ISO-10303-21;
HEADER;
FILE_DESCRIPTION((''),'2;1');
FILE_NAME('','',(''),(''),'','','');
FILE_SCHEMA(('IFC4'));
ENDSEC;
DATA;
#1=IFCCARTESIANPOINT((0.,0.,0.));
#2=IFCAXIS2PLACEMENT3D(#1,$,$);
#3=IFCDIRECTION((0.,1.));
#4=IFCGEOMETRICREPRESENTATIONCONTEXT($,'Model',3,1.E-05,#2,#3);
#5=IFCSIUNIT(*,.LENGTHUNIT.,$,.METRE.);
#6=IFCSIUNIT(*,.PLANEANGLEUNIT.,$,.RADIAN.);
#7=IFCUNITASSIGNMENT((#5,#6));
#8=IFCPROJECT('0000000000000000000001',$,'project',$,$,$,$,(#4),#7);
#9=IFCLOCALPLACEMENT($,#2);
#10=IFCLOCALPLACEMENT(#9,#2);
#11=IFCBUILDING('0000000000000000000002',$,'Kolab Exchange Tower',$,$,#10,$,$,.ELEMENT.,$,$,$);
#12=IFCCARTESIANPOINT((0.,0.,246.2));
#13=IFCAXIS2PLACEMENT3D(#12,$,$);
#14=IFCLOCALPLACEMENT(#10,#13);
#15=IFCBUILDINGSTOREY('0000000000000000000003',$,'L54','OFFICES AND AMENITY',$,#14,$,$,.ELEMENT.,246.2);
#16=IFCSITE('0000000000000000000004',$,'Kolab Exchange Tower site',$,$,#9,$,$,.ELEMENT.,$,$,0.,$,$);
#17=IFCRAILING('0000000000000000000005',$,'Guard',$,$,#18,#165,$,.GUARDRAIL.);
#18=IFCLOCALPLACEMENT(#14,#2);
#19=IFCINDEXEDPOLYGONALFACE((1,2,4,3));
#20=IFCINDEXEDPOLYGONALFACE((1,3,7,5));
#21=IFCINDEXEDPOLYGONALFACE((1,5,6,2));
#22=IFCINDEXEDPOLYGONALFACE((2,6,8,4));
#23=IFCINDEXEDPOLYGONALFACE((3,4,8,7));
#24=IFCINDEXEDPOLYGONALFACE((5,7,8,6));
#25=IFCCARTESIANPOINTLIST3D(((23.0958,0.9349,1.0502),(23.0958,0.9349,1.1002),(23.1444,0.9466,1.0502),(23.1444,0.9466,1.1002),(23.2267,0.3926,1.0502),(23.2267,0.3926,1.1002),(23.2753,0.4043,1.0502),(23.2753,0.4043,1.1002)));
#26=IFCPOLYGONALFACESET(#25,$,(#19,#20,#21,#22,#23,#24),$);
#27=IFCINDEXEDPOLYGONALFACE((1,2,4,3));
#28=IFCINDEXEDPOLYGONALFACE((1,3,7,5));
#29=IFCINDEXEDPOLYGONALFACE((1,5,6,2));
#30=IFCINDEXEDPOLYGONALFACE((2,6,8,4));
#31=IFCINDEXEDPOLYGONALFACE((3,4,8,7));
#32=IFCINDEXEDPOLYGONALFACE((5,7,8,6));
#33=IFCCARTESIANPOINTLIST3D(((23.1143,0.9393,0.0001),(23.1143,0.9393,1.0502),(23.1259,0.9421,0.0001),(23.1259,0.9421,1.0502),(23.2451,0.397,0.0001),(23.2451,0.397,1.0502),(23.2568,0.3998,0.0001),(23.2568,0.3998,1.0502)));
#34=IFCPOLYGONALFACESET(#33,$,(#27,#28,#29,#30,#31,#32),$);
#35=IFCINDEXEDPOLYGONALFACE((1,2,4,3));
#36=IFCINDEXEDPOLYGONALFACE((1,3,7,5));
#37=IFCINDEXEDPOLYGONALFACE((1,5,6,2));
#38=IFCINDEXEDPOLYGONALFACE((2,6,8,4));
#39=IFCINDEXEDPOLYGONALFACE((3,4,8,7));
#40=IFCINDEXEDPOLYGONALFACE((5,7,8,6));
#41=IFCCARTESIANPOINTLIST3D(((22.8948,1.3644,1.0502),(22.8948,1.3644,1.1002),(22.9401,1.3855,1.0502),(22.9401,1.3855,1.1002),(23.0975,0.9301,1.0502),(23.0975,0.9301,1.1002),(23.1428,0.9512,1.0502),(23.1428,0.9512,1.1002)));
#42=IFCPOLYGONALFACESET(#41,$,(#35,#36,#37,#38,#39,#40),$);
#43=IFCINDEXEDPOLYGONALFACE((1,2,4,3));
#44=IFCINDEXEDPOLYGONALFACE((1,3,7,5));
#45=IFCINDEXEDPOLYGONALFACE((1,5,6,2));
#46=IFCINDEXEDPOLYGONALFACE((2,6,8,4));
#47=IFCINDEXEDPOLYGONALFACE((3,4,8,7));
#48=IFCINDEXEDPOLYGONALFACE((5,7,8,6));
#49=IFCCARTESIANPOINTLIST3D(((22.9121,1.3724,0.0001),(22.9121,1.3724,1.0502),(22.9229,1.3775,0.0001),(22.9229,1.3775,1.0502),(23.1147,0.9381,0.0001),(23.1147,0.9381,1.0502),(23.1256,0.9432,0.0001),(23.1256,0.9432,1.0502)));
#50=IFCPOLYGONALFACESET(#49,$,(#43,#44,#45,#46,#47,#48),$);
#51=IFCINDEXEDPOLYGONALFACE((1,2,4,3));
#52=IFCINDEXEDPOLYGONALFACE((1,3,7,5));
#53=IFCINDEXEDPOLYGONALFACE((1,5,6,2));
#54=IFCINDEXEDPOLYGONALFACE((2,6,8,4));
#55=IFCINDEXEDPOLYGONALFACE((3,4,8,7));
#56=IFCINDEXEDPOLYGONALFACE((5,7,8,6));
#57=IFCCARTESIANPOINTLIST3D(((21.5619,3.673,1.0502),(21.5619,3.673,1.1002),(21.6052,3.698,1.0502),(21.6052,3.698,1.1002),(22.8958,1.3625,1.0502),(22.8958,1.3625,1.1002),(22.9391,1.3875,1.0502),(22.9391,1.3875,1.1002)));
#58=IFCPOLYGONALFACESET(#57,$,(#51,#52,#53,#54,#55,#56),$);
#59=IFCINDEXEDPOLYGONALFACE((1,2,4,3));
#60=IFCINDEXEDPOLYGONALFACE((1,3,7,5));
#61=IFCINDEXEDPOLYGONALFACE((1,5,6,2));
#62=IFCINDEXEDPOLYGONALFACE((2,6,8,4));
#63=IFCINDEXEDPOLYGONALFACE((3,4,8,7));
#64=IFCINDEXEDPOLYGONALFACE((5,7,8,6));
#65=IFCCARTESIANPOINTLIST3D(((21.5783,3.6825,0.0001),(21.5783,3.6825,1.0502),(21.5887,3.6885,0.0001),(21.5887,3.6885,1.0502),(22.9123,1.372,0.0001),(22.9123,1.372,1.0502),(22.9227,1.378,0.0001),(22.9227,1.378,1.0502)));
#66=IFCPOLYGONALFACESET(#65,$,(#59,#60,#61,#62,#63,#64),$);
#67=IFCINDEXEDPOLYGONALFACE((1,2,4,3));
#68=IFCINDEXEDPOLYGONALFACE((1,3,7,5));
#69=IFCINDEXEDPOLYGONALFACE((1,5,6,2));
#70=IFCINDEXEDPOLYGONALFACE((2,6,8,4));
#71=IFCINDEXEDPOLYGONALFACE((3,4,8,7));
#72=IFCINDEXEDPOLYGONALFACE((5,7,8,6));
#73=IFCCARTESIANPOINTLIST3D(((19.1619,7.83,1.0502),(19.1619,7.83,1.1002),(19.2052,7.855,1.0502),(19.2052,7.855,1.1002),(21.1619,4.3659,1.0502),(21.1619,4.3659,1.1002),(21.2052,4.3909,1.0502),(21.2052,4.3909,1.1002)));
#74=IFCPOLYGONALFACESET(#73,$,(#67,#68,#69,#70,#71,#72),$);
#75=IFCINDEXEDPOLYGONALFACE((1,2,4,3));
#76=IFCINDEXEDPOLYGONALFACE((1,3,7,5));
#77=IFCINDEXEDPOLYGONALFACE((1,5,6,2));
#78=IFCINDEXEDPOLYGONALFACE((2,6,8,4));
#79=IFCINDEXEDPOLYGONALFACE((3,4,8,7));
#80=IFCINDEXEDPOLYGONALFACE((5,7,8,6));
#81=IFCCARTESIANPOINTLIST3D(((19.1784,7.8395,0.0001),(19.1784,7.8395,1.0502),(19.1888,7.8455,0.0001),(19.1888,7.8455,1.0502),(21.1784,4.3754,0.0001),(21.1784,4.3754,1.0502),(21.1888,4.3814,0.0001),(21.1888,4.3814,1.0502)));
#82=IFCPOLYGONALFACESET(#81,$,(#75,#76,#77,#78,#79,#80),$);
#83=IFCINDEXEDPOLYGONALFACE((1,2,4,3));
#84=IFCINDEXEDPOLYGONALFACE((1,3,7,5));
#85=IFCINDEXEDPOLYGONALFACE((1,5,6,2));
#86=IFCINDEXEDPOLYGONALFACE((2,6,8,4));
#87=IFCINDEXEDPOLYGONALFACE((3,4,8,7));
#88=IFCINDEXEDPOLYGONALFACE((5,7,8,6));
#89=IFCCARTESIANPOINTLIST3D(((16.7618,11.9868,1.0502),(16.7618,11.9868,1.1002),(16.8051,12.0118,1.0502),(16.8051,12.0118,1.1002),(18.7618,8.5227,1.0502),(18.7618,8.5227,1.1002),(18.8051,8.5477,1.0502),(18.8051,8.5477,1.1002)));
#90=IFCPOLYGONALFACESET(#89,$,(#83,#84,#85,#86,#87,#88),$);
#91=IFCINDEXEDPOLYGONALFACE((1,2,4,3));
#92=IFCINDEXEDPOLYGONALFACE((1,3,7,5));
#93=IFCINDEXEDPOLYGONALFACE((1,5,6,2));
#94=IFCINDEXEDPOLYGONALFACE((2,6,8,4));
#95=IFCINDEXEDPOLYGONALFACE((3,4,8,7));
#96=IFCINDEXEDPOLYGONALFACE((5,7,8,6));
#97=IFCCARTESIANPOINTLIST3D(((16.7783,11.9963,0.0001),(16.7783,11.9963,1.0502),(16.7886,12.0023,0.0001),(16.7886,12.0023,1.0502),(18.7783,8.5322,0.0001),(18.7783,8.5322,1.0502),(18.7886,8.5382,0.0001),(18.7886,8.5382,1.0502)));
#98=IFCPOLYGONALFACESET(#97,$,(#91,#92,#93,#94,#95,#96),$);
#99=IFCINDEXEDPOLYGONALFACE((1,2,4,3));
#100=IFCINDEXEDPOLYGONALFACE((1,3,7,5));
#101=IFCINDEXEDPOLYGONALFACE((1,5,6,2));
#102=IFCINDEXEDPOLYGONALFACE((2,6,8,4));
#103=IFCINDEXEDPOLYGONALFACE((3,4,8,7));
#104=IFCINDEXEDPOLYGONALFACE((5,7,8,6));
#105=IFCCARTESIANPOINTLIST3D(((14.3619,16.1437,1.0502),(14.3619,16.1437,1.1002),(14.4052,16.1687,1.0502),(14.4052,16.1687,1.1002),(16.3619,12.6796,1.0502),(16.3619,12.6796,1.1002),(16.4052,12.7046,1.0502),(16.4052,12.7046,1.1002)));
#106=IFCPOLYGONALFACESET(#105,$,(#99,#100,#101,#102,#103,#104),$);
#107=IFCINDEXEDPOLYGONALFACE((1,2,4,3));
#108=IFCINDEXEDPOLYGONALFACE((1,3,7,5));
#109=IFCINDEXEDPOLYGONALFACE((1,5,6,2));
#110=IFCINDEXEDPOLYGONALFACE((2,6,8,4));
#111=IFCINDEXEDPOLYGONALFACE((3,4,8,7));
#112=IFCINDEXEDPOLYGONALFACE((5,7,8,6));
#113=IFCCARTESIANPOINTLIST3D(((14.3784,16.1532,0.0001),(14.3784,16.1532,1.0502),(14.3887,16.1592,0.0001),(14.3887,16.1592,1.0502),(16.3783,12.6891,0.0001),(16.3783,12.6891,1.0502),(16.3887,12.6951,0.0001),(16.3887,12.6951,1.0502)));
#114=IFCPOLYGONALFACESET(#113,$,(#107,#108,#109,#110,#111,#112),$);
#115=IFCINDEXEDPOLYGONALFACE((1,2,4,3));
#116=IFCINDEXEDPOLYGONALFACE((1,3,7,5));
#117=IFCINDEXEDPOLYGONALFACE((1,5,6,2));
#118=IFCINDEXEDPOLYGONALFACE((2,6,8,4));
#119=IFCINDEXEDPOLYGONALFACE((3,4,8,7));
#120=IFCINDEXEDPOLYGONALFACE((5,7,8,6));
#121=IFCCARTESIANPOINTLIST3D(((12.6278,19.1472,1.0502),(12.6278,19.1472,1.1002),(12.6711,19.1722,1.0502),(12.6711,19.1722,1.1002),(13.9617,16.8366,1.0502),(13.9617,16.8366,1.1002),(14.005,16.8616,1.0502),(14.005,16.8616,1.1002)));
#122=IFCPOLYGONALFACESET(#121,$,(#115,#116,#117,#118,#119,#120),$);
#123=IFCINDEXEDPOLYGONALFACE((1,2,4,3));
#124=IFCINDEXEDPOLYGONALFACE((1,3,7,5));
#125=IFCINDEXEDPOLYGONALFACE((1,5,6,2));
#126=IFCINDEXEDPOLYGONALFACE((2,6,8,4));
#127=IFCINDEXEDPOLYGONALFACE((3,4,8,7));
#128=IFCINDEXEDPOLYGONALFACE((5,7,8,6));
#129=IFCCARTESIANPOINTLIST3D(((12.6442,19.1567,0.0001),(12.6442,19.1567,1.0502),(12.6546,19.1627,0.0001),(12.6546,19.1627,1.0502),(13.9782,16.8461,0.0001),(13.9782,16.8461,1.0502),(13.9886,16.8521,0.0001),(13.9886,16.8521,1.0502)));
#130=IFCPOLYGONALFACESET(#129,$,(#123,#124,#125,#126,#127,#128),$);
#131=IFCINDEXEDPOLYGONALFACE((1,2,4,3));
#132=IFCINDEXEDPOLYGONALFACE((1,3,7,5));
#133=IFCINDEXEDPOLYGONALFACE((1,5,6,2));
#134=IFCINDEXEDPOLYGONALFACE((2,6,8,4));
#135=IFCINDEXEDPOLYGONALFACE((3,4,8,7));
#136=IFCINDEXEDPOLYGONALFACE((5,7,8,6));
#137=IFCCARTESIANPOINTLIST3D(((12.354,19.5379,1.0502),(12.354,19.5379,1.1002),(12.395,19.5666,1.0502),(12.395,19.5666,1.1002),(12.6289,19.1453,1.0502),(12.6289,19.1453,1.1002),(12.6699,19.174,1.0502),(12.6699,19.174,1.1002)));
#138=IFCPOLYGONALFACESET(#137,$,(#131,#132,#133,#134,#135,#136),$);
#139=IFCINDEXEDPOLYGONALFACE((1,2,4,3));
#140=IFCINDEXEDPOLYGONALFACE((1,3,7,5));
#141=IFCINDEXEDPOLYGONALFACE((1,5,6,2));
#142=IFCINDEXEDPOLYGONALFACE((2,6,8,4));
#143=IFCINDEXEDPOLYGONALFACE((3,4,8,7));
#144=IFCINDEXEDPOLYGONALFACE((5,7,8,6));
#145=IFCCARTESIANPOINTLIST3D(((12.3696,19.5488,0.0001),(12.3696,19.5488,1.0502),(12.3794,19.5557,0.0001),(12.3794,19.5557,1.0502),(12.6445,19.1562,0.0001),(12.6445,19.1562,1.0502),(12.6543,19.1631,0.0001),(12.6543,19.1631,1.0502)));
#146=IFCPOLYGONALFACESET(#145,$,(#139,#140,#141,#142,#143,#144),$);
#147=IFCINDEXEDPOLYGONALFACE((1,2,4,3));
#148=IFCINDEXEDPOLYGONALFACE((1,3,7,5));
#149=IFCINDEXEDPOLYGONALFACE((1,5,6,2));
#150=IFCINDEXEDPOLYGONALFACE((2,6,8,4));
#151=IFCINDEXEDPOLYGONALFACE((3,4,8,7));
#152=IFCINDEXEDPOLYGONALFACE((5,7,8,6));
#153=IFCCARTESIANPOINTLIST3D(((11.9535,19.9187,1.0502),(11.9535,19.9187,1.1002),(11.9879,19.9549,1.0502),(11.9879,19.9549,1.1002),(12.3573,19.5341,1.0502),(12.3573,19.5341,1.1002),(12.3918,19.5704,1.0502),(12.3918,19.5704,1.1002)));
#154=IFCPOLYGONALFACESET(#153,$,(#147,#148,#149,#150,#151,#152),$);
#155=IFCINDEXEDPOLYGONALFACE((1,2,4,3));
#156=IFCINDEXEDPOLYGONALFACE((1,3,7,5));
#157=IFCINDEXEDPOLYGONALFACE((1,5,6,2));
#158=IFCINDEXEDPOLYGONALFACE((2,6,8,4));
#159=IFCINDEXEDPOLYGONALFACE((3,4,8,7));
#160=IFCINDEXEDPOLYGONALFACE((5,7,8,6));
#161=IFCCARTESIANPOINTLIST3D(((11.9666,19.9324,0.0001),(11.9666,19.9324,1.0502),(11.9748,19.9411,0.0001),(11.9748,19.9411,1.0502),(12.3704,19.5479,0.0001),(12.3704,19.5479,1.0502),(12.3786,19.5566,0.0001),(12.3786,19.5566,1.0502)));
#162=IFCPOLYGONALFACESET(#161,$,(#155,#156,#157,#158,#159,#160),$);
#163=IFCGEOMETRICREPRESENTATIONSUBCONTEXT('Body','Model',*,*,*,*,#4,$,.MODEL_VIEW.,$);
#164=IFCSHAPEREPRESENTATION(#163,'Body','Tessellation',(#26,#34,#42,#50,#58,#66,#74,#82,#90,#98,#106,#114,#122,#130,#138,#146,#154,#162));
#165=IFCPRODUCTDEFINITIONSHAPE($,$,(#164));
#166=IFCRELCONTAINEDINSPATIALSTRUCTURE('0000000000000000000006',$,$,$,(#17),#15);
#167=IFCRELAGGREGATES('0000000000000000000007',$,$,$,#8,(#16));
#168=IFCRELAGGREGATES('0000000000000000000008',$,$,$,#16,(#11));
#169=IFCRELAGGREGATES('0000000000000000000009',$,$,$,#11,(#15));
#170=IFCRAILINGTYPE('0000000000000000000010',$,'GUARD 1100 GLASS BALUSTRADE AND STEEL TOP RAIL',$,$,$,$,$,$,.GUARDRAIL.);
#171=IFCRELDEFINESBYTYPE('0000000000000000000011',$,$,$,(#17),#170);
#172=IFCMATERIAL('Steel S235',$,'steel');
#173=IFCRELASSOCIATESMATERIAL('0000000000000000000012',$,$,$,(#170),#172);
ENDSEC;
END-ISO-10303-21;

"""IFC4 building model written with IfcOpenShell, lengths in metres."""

from ifc_helpers import new_model, si_unit, direction, frame, frame_2d, origin, origin_2d, place, context, subcontext, project, spatial, rectangle, extrude, material, type_object, element, save


model = new_model("IFC4")

# Units and contexts
model_context = context("Model", 3, precision=1e-05, world=origin(), true_north=direction((0.0, 1.0)))
body_context = subcontext(model_context, "Body", "Model", "MODEL_VIEW")
ifc_project = project(units=[si_unit("LENGTHUNIT", "METRE"), si_unit("PLANEANGLEUNIT", "RADIAN")], contexts=[model_context])

# Site, building, storey
site_placement = place(None, origin())
site = spatial("IfcSite", under=ifc_project, at=site_placement, Name="Kolab Exchange Tower site", CompositionType="ELEMENT", RefElevation=0.0)
building_placement = place(site_placement, origin())
building = spatial("IfcBuilding", under=site, at=building_placement, Name="Kolab Exchange Tower", CompositionType="ELEMENT")
storey_placement = place(building_placement, frame((0.0, 0.0, 246.2)))
storey = spatial("IfcBuildingStorey", under=building, at=storey_placement, Name="L54", Description="OFFICES AND AMENITY", CompositionType="ELEMENT", Elevation=246.2)

# Railing
ifc_material_1 = material(Name="Steel S235", Category="steel")
railing_type = type_object("IfcRailingType", Name="GUARD 1100 GLASS BALUSTRADE AND STEEL TOP RAIL", PredefinedType="GUARDRAIL", material=ifc_material_1)
railing_placement = place(storey_placement, frame((23.251, 0.3984, 0.0)))
element("IfcRailing", 1, at=railing_placement, inside=storey, type_object=railing_type, Name="Guard", PredefinedType="GUARDRAIL", context=body_context, shape_type="SweptSolid", body=[
    extrude(rectangle(XDim=0.05, YDim=0.05, at=origin_2d()), frame((0.0, 0.0, 1.0752), z_axis=(-0.234598, 0.972093, 0.0), x_axis=(-0.972093, -0.234598, 0.0)), (0.0, 0.0, 1.0), 0.5579),
    extrude(rectangle(XDim=0.012, YDim=1.0501, at=frame_2d((0.0, 0.5251))), frame((0.0, 0.0, 0.0), z_axis=(-0.234598, 0.972093, 0.0), x_axis=(-0.972093, -0.234598, 0.0)), (0.0, 0.0, 1.0), 0.5579),
    extrude(rectangle(XDim=0.05, YDim=0.05, at=origin_2d()), frame((-0.1309, 0.5422, 1.0752), z_axis=(-0.422802, 0.906222, 0.0), x_axis=(-0.906222, -0.422802, 0.0)), (0.0, 0.0, 1.0), 0.4792),
    extrude(rectangle(XDim=0.012, YDim=1.0501, at=frame_2d((0.0, 0.5251))), frame((-0.1309, 0.5422, 0.0), z_axis=(-0.422802, 0.906222, 0.0), x_axis=(-0.906222, -0.422802, 0.0)), (0.0, 0.0, 1.0), 0.4792),
    extrude(rectangle(XDim=0.05, YDim=0.05, at=origin_2d()), frame((-0.3335, 0.9766, 1.0752), z_axis=(-0.499997, 0.866027, 0.0), x_axis=(-0.866027, -0.499997, 0.0)), (0.0, 0.0, 1.0), 2.668),
    extrude(rectangle(XDim=0.012, YDim=1.0501, at=frame_2d((0.0, 0.5251))), frame((-0.3335, 0.9766, 0.0), z_axis=(-0.499997, 0.866027, 0.0), x_axis=(-0.866027, -0.499997, 0.0)), (0.0, 0.0, 1.0), 2.668),
    extrude(rectangle(XDim=0.05, YDim=0.05, at=origin_2d()), frame((-2.0674, 3.98, 1.0752), z_axis=(-0.499999, 0.866026, 0.0), x_axis=(-0.866026, -0.499999, 0.0)), (0.0, 0.0, 1.0), 4.0),
    extrude(rectangle(XDim=0.012, YDim=1.0501, at=frame_2d((0.0, 0.5251))), frame((-2.0674, 3.98, 0.0), z_axis=(-0.499999, 0.866026, 0.0), x_axis=(-0.866026, -0.499999, 0.0)), (0.0, 0.0, 1.0), 4.0),
    extrude(rectangle(XDim=0.05, YDim=0.05, at=origin_2d()), frame((-4.4675, 8.1367, 1.0752), z_axis=(-0.499999, 0.866026, 0.0), x_axis=(-0.866026, -0.499999, 0.0)), (0.0, 0.0, 1.0), 4.0),
    extrude(rectangle(XDim=0.012, YDim=1.0501, at=frame_2d((0.0, 0.5251))), frame((-4.4675, 8.1367, 0.0), z_axis=(-0.499999, 0.866026, 0.0), x_axis=(-0.866026, -0.499999, 0.0)), (0.0, 0.0, 1.0), 4.0),
    extrude(rectangle(XDim=0.05, YDim=0.05, at=origin_2d()), frame((-6.8674, 12.2937, 1.0752), z_axis=(-0.499999, 0.866026, 0.0), x_axis=(-0.866026, -0.499999, 0.0)), (0.0, 0.0, 1.0), 4.0),
    extrude(rectangle(XDim=0.012, YDim=1.0501, at=frame_2d((0.0, 0.5251))), frame((-6.8674, 12.2937, 0.0), z_axis=(-0.499999, 0.866026, 0.0), x_axis=(-0.866026, -0.499999, 0.0)), (0.0, 0.0, 1.0), 4.0),
    extrude(rectangle(XDim=0.05, YDim=0.05, at=origin_2d()), frame((-9.2676, 16.4507, 1.0752), z_axis=(-0.499997, 0.866027, 0.0), x_axis=(-0.866027, -0.499997, 0.0)), (0.0, 0.0, 1.0), 2.668),
    extrude(rectangle(XDim=0.012, YDim=1.0501, at=frame_2d((0.0, 0.5251))), frame((-9.2676, 16.4507, 0.0), z_axis=(-0.499997, 0.866027, 0.0), x_axis=(-0.866027, -0.499997, 0.0)), (0.0, 0.0, 1.0), 2.668),
    extrude(rectangle(XDim=0.05, YDim=0.05, at=origin_2d()), frame((-10.6016, 18.7612, 1.0752), z_axis=(-0.573599, 0.819136, 0.0), x_axis=(-0.819136, -0.573599, 0.0)), (0.0, 0.0, 1.0), 0.4792),
    extrude(rectangle(XDim=0.012, YDim=1.0501, at=frame_2d((0.0, 0.5251))), frame((-10.6016, 18.7612, 0.0), z_axis=(-0.573599, 0.819136, 0.0), x_axis=(-0.819136, -0.573599, 0.0)), (0.0, 0.0, 1.0), 0.4792),
    extrude(rectangle(XDim=0.05, YDim=0.05, at=origin_2d()), frame((-10.8765, 19.1538, 1.0752), z_axis=(-0.72419, 0.689601, 0.0), x_axis=(-0.689601, -0.72419, 0.0)), (0.0, 0.0, 1.0), 0.5576),
    extrude(rectangle(XDim=0.012, YDim=1.0501, at=frame_2d((0.0, 0.5251))), frame((-10.8765, 19.1538, 0.0), z_axis=(-0.72419, 0.689601, 0.0), x_axis=(-0.689601, -0.72419, 0.0)), (0.0, 0.0, 1.0), 0.5576),
])

save(model, "model.ifc")
